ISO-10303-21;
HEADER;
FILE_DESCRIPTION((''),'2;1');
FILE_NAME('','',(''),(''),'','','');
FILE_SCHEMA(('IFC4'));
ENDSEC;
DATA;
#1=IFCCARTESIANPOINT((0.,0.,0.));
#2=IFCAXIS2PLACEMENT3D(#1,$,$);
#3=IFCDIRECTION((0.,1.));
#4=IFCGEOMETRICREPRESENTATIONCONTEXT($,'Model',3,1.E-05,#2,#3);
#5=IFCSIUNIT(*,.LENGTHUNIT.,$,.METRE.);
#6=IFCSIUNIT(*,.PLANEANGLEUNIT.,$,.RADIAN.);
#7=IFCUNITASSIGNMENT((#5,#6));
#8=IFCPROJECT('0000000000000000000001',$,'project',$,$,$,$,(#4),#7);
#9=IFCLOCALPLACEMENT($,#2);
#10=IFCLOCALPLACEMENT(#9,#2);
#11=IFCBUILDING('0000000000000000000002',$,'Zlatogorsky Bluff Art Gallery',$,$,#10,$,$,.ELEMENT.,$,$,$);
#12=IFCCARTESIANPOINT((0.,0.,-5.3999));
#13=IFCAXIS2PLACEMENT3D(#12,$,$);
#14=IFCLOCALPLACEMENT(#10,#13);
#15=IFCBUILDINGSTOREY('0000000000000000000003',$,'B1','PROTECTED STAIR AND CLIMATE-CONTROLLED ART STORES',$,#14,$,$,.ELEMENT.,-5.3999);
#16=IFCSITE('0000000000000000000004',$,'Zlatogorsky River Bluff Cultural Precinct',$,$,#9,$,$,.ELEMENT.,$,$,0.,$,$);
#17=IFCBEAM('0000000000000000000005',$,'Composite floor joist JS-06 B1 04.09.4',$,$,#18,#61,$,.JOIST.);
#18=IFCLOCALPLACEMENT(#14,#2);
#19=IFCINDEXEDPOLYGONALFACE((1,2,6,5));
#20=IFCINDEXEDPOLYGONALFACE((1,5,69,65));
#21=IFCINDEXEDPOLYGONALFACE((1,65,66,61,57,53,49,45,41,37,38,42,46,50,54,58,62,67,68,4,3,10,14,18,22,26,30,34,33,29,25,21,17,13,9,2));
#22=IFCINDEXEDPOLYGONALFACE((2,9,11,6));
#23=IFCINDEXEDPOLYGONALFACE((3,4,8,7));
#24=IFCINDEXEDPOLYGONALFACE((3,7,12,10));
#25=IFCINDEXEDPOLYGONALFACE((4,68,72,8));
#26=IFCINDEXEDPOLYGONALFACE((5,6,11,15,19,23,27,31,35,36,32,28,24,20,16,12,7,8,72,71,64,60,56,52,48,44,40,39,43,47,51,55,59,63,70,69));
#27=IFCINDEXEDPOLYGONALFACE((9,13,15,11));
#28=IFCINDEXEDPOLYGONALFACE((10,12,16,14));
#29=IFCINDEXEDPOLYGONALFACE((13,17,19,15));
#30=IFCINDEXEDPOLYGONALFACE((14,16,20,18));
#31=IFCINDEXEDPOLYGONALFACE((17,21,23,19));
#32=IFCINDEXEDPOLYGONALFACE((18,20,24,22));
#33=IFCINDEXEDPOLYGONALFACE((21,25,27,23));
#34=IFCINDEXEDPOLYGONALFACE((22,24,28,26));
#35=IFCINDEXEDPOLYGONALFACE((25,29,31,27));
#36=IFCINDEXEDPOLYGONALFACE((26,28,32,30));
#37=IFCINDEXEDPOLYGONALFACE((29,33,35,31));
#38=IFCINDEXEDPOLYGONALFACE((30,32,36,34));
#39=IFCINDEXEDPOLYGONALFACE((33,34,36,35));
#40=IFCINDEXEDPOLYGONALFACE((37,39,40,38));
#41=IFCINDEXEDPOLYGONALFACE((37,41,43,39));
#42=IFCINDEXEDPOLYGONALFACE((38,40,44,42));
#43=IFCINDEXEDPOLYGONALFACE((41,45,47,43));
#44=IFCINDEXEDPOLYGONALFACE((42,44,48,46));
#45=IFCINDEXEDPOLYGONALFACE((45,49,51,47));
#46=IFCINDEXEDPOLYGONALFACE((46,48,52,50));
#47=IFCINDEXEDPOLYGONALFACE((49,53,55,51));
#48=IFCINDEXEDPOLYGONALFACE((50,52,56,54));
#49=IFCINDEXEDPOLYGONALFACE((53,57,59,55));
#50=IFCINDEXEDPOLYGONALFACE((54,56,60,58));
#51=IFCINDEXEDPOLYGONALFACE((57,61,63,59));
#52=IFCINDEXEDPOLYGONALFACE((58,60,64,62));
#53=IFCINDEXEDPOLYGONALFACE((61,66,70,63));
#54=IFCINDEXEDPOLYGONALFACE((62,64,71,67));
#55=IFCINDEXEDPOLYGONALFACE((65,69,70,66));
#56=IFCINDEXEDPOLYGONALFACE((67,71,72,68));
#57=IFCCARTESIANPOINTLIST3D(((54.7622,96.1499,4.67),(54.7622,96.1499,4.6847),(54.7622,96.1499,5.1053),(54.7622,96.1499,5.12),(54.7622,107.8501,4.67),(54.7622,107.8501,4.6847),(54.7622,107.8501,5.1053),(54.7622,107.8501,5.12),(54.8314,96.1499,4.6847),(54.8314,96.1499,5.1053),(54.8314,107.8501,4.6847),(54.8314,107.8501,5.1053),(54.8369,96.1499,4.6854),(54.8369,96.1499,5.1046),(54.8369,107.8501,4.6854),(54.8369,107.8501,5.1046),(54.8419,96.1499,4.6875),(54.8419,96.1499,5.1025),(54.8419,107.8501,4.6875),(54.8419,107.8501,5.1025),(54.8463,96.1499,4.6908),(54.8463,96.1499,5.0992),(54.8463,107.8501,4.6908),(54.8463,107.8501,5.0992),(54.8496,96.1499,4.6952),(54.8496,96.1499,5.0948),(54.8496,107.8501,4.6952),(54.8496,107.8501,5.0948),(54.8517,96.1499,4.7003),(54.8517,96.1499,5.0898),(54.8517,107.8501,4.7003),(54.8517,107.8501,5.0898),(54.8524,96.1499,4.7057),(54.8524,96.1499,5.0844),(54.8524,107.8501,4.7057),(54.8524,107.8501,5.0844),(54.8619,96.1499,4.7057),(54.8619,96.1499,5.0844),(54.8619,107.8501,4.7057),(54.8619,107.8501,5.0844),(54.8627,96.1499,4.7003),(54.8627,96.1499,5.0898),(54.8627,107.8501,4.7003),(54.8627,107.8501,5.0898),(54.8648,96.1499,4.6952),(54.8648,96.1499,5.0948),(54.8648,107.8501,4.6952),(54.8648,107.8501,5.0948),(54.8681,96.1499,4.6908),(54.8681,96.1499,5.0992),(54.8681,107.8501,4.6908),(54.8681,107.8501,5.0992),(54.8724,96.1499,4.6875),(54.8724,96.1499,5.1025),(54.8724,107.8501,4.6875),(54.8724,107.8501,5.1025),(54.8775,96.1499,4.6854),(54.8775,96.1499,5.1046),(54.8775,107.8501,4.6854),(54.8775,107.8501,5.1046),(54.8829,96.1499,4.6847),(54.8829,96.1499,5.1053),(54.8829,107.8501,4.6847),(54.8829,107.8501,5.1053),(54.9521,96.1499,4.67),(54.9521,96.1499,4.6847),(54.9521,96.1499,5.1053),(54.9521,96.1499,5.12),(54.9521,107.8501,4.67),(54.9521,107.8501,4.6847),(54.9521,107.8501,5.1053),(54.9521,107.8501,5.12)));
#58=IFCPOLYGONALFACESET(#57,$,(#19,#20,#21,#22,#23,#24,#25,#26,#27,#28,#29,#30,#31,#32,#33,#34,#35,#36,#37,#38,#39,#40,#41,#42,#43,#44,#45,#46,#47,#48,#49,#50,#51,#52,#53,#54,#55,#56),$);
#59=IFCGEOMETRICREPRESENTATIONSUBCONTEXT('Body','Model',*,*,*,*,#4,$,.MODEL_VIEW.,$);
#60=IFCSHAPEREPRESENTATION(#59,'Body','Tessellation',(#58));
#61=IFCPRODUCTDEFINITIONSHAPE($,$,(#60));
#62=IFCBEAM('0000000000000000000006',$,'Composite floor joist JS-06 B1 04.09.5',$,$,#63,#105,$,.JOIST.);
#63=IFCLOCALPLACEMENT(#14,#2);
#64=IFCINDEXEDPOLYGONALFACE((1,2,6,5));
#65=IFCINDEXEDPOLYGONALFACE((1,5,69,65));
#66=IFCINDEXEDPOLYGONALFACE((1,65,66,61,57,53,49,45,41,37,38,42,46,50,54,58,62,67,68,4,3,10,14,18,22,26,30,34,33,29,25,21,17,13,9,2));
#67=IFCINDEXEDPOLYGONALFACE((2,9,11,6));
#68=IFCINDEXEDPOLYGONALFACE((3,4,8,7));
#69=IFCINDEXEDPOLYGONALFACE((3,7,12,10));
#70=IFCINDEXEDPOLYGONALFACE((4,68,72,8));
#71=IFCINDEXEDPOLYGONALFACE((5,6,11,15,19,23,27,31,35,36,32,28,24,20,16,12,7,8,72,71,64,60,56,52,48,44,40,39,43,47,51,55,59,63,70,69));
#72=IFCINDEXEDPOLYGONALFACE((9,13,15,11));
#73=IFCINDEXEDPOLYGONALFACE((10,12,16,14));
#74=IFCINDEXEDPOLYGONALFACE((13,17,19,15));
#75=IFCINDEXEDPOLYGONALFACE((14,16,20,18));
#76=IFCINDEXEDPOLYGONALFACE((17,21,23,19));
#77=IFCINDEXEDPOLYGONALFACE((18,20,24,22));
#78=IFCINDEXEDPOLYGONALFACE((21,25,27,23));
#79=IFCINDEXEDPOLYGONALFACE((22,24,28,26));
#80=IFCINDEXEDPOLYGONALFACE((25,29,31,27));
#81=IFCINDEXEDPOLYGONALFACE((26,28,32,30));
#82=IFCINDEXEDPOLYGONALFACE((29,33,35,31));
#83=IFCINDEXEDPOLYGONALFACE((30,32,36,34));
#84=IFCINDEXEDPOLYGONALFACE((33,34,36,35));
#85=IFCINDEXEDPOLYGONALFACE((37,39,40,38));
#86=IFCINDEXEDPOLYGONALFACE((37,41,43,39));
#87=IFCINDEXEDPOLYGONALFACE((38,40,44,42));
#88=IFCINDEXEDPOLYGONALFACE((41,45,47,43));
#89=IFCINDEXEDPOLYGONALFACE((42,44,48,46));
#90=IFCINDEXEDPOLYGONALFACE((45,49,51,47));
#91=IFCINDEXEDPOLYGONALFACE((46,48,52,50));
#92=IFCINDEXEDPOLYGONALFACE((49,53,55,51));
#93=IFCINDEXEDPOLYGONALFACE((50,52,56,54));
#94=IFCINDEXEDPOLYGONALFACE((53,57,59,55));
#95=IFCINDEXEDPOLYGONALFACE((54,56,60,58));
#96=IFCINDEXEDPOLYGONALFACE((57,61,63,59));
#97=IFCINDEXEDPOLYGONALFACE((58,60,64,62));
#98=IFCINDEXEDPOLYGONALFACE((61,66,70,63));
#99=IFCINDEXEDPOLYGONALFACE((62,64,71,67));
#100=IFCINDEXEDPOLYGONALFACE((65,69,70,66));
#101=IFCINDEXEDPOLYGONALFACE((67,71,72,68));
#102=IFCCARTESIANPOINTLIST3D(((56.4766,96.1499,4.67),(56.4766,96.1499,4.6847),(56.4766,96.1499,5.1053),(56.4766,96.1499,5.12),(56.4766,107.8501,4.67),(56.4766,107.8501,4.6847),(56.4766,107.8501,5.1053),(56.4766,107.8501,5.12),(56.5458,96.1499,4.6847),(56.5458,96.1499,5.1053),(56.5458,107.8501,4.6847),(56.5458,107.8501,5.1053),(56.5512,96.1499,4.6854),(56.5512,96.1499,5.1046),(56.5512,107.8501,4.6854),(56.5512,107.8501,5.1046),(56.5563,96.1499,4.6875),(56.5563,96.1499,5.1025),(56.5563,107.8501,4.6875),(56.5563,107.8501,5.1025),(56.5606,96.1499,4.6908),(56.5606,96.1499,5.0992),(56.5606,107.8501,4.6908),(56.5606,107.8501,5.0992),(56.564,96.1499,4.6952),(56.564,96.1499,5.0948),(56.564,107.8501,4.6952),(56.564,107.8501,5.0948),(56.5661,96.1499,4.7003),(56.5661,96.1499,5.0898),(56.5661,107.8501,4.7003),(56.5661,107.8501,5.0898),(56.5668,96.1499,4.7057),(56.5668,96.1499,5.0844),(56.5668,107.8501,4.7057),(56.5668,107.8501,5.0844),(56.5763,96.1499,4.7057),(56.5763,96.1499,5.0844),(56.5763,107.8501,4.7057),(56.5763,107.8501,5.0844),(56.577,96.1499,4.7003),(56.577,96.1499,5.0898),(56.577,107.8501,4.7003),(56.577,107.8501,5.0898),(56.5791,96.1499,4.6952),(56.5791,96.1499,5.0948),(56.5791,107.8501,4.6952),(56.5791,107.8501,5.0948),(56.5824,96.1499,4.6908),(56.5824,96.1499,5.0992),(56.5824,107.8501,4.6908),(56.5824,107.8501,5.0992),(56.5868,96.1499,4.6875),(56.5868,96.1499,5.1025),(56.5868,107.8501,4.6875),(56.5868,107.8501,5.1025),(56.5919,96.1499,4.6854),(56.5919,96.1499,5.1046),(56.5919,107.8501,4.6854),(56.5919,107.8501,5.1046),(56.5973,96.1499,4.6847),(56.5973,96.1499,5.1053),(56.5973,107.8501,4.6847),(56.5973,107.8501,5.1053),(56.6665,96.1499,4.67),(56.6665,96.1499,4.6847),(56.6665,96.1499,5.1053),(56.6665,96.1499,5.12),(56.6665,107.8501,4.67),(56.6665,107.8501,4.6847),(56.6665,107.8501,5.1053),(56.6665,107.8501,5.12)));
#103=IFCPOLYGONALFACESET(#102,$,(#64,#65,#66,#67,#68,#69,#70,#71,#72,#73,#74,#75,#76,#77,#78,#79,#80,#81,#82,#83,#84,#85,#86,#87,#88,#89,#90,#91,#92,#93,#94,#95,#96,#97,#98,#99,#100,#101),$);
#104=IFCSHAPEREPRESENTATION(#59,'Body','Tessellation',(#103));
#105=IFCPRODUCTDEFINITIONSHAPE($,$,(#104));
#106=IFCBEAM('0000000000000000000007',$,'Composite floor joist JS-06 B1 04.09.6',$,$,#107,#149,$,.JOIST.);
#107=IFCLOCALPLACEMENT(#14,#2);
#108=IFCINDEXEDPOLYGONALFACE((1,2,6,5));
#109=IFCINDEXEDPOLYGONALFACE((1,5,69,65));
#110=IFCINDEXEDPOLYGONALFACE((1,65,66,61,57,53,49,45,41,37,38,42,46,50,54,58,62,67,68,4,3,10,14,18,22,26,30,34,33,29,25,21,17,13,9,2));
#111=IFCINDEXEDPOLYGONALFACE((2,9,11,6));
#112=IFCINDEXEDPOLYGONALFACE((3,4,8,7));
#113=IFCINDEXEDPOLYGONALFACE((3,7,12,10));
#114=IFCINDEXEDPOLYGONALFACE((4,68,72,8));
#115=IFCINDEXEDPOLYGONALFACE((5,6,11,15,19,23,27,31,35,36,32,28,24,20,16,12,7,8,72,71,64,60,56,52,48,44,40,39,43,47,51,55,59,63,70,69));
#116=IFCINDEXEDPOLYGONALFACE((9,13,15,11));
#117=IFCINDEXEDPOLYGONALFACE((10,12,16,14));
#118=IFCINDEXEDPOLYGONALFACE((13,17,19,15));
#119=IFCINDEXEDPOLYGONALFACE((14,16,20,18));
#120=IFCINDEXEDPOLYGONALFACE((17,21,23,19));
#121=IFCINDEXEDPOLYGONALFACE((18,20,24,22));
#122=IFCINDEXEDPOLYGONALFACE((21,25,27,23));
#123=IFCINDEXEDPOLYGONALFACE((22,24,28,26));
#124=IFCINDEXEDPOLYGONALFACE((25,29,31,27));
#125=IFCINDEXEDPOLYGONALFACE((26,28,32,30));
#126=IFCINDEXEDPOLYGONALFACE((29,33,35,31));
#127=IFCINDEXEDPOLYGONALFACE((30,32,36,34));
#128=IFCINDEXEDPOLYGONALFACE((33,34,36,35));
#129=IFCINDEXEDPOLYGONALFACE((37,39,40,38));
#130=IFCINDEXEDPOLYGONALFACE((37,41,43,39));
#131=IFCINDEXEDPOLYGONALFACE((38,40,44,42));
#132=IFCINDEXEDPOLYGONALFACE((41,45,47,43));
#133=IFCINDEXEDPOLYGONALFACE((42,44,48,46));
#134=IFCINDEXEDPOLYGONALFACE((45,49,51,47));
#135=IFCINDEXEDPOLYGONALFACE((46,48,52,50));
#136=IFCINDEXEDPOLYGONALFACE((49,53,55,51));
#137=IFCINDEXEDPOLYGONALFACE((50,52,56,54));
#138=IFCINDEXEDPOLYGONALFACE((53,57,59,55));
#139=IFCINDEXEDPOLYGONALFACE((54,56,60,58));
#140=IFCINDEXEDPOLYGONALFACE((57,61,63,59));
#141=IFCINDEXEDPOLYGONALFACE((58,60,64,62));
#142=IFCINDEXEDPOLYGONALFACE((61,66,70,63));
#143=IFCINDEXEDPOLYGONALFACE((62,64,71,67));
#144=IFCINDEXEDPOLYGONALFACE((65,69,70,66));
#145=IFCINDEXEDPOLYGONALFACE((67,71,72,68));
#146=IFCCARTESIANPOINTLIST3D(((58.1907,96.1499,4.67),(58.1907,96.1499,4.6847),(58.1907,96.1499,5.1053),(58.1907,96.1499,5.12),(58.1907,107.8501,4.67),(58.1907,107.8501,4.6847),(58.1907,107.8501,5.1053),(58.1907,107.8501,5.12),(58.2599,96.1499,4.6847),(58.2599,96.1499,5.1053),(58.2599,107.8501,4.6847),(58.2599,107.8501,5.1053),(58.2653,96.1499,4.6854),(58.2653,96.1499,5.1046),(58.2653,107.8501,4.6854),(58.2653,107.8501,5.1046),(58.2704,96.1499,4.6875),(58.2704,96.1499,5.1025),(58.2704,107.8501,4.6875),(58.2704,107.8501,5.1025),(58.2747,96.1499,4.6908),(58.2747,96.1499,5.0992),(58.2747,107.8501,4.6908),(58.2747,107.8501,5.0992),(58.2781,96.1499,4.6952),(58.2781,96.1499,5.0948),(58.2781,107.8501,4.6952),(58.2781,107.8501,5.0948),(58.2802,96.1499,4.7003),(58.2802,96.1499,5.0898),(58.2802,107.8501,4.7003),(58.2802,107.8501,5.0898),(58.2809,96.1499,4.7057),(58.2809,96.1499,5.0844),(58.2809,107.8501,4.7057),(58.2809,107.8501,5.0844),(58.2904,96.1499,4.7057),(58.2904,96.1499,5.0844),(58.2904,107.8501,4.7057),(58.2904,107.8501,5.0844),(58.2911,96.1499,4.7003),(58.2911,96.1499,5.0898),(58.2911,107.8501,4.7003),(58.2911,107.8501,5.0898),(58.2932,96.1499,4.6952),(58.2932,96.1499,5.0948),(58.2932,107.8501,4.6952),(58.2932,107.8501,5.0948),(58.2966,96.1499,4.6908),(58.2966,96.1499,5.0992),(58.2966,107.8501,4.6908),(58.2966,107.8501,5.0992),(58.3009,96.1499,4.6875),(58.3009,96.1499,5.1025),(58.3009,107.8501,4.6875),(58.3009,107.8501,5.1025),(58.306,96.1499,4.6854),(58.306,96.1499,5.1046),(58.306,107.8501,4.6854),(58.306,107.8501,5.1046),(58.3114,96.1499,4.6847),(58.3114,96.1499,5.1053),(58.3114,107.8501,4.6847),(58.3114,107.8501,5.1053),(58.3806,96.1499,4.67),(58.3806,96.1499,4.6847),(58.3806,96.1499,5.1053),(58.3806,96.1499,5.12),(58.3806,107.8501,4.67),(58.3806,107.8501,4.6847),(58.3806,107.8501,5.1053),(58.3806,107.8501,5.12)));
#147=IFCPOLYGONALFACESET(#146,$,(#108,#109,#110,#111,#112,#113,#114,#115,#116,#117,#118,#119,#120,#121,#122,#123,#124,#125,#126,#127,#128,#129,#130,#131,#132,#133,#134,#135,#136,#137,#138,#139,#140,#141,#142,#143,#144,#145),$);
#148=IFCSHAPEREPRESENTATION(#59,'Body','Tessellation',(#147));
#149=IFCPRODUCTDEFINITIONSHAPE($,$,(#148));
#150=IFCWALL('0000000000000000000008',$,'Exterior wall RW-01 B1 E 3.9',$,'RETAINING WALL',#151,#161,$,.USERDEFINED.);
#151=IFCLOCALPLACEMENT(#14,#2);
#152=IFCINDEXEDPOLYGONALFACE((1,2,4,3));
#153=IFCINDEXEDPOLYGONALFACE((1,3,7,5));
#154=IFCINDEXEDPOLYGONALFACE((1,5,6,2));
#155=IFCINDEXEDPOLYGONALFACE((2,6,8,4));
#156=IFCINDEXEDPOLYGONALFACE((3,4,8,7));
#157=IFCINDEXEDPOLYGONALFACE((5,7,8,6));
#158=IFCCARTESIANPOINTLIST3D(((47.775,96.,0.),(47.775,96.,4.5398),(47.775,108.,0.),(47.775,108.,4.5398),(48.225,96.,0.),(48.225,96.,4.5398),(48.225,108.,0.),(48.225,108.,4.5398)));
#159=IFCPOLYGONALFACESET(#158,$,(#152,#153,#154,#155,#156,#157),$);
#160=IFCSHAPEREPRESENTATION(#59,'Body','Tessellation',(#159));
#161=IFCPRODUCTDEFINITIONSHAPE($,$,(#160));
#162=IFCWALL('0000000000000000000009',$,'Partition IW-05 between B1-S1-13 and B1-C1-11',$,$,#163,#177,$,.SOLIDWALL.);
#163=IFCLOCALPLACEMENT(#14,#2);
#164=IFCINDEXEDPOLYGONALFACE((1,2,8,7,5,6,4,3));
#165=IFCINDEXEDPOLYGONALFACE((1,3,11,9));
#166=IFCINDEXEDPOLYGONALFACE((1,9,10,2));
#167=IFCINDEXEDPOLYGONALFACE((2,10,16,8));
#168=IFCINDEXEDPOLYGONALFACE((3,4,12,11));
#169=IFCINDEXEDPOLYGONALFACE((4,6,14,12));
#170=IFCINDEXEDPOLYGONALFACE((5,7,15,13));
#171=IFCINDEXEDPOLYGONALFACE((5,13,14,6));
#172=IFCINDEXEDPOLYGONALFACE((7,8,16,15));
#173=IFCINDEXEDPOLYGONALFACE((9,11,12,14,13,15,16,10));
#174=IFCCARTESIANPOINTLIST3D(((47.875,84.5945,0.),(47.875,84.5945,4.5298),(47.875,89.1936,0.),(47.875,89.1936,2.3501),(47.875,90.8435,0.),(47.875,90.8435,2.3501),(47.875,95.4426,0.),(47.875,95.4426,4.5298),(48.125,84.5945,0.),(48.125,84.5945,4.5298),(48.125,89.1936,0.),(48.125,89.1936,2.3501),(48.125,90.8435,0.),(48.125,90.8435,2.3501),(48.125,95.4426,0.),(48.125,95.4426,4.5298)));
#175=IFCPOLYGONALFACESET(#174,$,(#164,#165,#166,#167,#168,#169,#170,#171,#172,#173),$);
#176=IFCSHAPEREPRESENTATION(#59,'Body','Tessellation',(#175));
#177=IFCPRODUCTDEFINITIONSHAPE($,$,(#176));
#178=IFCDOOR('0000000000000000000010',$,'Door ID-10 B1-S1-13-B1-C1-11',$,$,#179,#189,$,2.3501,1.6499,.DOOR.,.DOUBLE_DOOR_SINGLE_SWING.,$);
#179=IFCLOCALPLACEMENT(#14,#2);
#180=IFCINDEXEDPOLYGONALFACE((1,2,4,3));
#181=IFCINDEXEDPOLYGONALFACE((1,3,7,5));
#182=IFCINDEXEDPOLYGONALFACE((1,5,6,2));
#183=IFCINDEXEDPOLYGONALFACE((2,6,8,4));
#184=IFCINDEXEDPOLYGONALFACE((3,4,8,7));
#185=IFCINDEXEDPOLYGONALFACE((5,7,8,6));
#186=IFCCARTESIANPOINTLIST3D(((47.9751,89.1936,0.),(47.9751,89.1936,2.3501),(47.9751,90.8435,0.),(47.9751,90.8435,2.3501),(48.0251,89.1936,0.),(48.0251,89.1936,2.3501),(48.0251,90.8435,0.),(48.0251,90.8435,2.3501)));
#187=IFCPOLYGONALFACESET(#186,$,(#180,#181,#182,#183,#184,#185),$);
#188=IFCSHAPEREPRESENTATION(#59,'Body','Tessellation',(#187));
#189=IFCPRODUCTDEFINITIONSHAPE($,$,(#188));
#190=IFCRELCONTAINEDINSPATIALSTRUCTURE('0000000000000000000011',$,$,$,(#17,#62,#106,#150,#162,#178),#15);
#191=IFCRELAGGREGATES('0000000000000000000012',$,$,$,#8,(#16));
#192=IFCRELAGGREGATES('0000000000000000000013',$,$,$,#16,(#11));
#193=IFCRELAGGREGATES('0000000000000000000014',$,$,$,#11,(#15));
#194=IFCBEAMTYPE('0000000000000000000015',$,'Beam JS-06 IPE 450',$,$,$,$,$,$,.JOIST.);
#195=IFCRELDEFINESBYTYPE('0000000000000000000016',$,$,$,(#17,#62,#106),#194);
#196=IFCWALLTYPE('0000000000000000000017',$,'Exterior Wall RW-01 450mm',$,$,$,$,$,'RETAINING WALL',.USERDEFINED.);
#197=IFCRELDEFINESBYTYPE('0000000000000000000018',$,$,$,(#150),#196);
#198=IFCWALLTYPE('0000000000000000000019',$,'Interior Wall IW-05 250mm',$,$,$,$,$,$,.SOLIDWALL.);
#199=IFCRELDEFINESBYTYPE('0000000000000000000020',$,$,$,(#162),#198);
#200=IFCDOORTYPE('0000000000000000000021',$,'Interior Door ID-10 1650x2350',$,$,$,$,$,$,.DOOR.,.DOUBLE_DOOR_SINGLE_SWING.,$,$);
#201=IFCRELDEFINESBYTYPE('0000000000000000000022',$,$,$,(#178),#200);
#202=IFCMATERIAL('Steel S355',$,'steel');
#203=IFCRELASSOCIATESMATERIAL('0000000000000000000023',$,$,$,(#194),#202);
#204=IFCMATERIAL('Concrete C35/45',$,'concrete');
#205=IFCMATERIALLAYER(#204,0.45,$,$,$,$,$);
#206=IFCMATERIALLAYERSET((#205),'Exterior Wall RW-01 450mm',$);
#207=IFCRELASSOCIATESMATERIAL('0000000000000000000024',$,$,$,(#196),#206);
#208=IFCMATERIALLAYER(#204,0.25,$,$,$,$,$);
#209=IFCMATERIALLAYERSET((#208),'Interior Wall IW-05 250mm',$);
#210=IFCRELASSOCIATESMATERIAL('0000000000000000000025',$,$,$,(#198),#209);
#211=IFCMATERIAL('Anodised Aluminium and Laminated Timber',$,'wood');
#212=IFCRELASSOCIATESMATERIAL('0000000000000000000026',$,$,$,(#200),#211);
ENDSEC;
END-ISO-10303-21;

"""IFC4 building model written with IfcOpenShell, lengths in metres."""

from ifc_helpers import new_model, si_unit, direction, frame, frame_2d, origin, origin_2d, place, context, subcontext, project, spatial, rectangle, i_section, extrude, material, layer, layer_set, material_profile, profile_set, type_object, element, fill, save


model = new_model("IFC4")

# Units and contexts
model_context = context("Model", 3, precision=1e-05, world=origin(), true_north=direction((0.0, 1.0)))
body_context = subcontext(model_context, "Body", "Model", "MODEL_VIEW")
ifc_project = project(units=[si_unit("LENGTHUNIT", "METRE"), si_unit("PLANEANGLEUNIT", "RADIAN")], contexts=[model_context])

# Site, building, storey
site_placement = place(None, origin())
site = spatial("IfcSite", under=ifc_project, at=site_placement, Name="Zlatogorsky River Bluff Cultural Precinct", CompositionType="ELEMENT", RefElevation=0.0)
building_placement = place(site_placement, origin())
building = spatial("IfcBuilding", under=site, at=building_placement, Name="Zlatogorsky Bluff Art Gallery", CompositionType="ELEMENT")
storey_placement = place(building_placement, frame((0.0, 0.0, -5.3999)))
storey = spatial("IfcBuildingStorey", under=building, at=storey_placement, Name="B1", Description="PROTECTED STAIR AND CLIMATE-CONTROLLED ART STORES", CompositionType="ELEMENT", Elevation=-5.3999)

# Shared definitions
ifc_material_1 = material(Name="Concrete C35/45", Category="concrete")

# Shared definitions
ifc_material_2 = material(Name="Steel S355", Category="steel")

# Beams
ifc_material_profile_1 = material_profile(ifc_material_2, i_section(OverallWidth=0.1899, OverallDepth=0.45, WebThickness=0.0095, FlangeThickness=0.0146, FilletRadius=0.021, at=origin_2d()), Name="IPE 450")
ifc_profile_set_1 = profile_set([ifc_material_profile_1], Name="Steel S355")
beam_type_1 = type_object("IfcBeamType", Name="Beam JS-06 IPE 450", PredefinedType="JOIST", material=ifc_profile_set_1)
for number, where, z_axis, x_axis, name in (
    (1, (54.8572, 96.1499, 4.895), (0.0, 1.0, 0.0), (-1.0, 0.0, 0.0), "Composite floor joist JS-06 B1 04.09.4"),
    (2, (56.5715, 96.1499, 4.895), (0.0, 1.0, 0.0), (-1.0, 0.0, 0.0), "Composite floor joist JS-06 B1 04.09.5"),
    (3, (58.2856, 96.1499, 4.895), (0.0, 1.0, 0.0), (-1.0, 0.0, 0.0), "Composite floor joist JS-06 B1 04.09.6"),
):
    element("IfcBeam", number, at=place(storey_placement, frame(where, z_axis=z_axis, x_axis=x_axis)), inside=storey, type_object=beam_type_1, Name=name, PredefinedType="JOIST", context=body_context, shape_type="SweptSolid", body=[
        extrude(i_section(OverallWidth=0.1899, OverallDepth=0.45, WebThickness=0.0095, FlangeThickness=0.0146, FilletRadius=0.021, at=origin_2d()), origin(), (0.0, 0.0, 1.0), 11.7002),
    ])

# Wall
ifc_layer_1 = layer(ifc_material_1, 0.45)
ifc_layer_set_1 = layer_set([ifc_layer_1], Name="Exterior Wall RW-01 450mm")
wall_type_1 = type_object("IfcWallType", Name="Exterior Wall RW-01 450mm", ElementType="RETAINING WALL", PredefinedType="USERDEFINED", material=ifc_layer_set_1)
wall_1_placement = place(storey_placement, frame((48.0, 96.0, 0.0), z_axis=(0.0, 0.0, 1.0), x_axis=(0.0, 1.0, 0.0)))
element("IfcWall", 4, at=wall_1_placement, inside=storey, type_object=wall_type_1, Name="Exterior wall RW-01 B1 E 3.9", ObjectType="RETAINING WALL", PredefinedType="USERDEFINED", context=body_context, shape_type="SweptSolid", body=[
    extrude(rectangle(XDim=12.0, YDim=0.45, at=frame_2d((6.0, 0.0))), origin(), (0.0, 0.0, 1.0), 4.5398),
])

# Wall, opening, door
ifc_layer_2 = layer(ifc_material_1, 0.25)
ifc_layer_set_2 = layer_set([ifc_layer_2], Name="Interior Wall IW-05 250mm")
wall_type_2 = type_object("IfcWallType", Name="Interior Wall IW-05 250mm", PredefinedType="SOLIDWALL", material=ifc_layer_set_2)
wall_2_placement = place(storey_placement, frame((48.0, 84.5945, 0.0), z_axis=(0.0, 0.0, 1.0), x_axis=(0.0, 1.0, 0.0)))
wall_2 = element("IfcWall", 5, at=wall_2_placement, inside=storey, type_object=wall_type_2, Name="Partition IW-05 between B1-S1-13 and B1-C1-11", PredefinedType="SOLIDWALL", context=body_context, shape_type="SweptSolid", body=[
    extrude(rectangle(XDim=10.8481, YDim=0.25, at=frame_2d((5.4241, 0.0))), origin(), (0.0, 0.0, 1.0), 4.5298),
])
opening_placement = place(wall_2_placement, frame((4.5991, 0.0, 0.0)))
opening = element("IfcOpeningElement", 6, at=opening_placement, cuts=wall_2, PredefinedType="OPENING", context=body_context, shape_type="SweptSolid", body=[
    extrude(rectangle(XDim=1.6499, YDim=2.3501, at=frame_2d((0.825, 1.175))), frame((0.0, 0.135, 0.0), z_axis=(0.0, -1.0, 0.0), x_axis=(1.0, 0.0, 0.0)), (0.0, 0.0, 1.0), 0.27),
])
ifc_material_3 = material(Name="Anodised Aluminium and Laminated Timber", Category="wood")
door_type = type_object("IfcDoorType", Name="Interior Door ID-10 1650x2350", OperationType="DOUBLE_DOOR_SINGLE_SWING", PredefinedType="DOOR", material=ifc_material_3)
door_placement = place(opening_placement, origin())
door = element("IfcDoor", 7, at=door_placement, inside=storey, type_object=door_type, Name="Door ID-10 B1-S1-13-B1-C1-11", OperationType="DOUBLE_DOOR_SINGLE_SWING", OverallHeight=2.3501, OverallWidth=1.6499, PredefinedType="DOOR", context=body_context, shape_type="SweptSolid", body=[
    extrude(rectangle(XDim=1.6499, YDim=2.3501, at=frame_2d((0.825, 1.175))), frame((0.0, 0.0249, 0.0), z_axis=(0.0, -1.0, 0.0), x_axis=(1.0, 0.0, 0.0)), (0.0, 0.0, 1.0), 0.05),
])
fill(opening, door)

save(model, "model.ifc")
